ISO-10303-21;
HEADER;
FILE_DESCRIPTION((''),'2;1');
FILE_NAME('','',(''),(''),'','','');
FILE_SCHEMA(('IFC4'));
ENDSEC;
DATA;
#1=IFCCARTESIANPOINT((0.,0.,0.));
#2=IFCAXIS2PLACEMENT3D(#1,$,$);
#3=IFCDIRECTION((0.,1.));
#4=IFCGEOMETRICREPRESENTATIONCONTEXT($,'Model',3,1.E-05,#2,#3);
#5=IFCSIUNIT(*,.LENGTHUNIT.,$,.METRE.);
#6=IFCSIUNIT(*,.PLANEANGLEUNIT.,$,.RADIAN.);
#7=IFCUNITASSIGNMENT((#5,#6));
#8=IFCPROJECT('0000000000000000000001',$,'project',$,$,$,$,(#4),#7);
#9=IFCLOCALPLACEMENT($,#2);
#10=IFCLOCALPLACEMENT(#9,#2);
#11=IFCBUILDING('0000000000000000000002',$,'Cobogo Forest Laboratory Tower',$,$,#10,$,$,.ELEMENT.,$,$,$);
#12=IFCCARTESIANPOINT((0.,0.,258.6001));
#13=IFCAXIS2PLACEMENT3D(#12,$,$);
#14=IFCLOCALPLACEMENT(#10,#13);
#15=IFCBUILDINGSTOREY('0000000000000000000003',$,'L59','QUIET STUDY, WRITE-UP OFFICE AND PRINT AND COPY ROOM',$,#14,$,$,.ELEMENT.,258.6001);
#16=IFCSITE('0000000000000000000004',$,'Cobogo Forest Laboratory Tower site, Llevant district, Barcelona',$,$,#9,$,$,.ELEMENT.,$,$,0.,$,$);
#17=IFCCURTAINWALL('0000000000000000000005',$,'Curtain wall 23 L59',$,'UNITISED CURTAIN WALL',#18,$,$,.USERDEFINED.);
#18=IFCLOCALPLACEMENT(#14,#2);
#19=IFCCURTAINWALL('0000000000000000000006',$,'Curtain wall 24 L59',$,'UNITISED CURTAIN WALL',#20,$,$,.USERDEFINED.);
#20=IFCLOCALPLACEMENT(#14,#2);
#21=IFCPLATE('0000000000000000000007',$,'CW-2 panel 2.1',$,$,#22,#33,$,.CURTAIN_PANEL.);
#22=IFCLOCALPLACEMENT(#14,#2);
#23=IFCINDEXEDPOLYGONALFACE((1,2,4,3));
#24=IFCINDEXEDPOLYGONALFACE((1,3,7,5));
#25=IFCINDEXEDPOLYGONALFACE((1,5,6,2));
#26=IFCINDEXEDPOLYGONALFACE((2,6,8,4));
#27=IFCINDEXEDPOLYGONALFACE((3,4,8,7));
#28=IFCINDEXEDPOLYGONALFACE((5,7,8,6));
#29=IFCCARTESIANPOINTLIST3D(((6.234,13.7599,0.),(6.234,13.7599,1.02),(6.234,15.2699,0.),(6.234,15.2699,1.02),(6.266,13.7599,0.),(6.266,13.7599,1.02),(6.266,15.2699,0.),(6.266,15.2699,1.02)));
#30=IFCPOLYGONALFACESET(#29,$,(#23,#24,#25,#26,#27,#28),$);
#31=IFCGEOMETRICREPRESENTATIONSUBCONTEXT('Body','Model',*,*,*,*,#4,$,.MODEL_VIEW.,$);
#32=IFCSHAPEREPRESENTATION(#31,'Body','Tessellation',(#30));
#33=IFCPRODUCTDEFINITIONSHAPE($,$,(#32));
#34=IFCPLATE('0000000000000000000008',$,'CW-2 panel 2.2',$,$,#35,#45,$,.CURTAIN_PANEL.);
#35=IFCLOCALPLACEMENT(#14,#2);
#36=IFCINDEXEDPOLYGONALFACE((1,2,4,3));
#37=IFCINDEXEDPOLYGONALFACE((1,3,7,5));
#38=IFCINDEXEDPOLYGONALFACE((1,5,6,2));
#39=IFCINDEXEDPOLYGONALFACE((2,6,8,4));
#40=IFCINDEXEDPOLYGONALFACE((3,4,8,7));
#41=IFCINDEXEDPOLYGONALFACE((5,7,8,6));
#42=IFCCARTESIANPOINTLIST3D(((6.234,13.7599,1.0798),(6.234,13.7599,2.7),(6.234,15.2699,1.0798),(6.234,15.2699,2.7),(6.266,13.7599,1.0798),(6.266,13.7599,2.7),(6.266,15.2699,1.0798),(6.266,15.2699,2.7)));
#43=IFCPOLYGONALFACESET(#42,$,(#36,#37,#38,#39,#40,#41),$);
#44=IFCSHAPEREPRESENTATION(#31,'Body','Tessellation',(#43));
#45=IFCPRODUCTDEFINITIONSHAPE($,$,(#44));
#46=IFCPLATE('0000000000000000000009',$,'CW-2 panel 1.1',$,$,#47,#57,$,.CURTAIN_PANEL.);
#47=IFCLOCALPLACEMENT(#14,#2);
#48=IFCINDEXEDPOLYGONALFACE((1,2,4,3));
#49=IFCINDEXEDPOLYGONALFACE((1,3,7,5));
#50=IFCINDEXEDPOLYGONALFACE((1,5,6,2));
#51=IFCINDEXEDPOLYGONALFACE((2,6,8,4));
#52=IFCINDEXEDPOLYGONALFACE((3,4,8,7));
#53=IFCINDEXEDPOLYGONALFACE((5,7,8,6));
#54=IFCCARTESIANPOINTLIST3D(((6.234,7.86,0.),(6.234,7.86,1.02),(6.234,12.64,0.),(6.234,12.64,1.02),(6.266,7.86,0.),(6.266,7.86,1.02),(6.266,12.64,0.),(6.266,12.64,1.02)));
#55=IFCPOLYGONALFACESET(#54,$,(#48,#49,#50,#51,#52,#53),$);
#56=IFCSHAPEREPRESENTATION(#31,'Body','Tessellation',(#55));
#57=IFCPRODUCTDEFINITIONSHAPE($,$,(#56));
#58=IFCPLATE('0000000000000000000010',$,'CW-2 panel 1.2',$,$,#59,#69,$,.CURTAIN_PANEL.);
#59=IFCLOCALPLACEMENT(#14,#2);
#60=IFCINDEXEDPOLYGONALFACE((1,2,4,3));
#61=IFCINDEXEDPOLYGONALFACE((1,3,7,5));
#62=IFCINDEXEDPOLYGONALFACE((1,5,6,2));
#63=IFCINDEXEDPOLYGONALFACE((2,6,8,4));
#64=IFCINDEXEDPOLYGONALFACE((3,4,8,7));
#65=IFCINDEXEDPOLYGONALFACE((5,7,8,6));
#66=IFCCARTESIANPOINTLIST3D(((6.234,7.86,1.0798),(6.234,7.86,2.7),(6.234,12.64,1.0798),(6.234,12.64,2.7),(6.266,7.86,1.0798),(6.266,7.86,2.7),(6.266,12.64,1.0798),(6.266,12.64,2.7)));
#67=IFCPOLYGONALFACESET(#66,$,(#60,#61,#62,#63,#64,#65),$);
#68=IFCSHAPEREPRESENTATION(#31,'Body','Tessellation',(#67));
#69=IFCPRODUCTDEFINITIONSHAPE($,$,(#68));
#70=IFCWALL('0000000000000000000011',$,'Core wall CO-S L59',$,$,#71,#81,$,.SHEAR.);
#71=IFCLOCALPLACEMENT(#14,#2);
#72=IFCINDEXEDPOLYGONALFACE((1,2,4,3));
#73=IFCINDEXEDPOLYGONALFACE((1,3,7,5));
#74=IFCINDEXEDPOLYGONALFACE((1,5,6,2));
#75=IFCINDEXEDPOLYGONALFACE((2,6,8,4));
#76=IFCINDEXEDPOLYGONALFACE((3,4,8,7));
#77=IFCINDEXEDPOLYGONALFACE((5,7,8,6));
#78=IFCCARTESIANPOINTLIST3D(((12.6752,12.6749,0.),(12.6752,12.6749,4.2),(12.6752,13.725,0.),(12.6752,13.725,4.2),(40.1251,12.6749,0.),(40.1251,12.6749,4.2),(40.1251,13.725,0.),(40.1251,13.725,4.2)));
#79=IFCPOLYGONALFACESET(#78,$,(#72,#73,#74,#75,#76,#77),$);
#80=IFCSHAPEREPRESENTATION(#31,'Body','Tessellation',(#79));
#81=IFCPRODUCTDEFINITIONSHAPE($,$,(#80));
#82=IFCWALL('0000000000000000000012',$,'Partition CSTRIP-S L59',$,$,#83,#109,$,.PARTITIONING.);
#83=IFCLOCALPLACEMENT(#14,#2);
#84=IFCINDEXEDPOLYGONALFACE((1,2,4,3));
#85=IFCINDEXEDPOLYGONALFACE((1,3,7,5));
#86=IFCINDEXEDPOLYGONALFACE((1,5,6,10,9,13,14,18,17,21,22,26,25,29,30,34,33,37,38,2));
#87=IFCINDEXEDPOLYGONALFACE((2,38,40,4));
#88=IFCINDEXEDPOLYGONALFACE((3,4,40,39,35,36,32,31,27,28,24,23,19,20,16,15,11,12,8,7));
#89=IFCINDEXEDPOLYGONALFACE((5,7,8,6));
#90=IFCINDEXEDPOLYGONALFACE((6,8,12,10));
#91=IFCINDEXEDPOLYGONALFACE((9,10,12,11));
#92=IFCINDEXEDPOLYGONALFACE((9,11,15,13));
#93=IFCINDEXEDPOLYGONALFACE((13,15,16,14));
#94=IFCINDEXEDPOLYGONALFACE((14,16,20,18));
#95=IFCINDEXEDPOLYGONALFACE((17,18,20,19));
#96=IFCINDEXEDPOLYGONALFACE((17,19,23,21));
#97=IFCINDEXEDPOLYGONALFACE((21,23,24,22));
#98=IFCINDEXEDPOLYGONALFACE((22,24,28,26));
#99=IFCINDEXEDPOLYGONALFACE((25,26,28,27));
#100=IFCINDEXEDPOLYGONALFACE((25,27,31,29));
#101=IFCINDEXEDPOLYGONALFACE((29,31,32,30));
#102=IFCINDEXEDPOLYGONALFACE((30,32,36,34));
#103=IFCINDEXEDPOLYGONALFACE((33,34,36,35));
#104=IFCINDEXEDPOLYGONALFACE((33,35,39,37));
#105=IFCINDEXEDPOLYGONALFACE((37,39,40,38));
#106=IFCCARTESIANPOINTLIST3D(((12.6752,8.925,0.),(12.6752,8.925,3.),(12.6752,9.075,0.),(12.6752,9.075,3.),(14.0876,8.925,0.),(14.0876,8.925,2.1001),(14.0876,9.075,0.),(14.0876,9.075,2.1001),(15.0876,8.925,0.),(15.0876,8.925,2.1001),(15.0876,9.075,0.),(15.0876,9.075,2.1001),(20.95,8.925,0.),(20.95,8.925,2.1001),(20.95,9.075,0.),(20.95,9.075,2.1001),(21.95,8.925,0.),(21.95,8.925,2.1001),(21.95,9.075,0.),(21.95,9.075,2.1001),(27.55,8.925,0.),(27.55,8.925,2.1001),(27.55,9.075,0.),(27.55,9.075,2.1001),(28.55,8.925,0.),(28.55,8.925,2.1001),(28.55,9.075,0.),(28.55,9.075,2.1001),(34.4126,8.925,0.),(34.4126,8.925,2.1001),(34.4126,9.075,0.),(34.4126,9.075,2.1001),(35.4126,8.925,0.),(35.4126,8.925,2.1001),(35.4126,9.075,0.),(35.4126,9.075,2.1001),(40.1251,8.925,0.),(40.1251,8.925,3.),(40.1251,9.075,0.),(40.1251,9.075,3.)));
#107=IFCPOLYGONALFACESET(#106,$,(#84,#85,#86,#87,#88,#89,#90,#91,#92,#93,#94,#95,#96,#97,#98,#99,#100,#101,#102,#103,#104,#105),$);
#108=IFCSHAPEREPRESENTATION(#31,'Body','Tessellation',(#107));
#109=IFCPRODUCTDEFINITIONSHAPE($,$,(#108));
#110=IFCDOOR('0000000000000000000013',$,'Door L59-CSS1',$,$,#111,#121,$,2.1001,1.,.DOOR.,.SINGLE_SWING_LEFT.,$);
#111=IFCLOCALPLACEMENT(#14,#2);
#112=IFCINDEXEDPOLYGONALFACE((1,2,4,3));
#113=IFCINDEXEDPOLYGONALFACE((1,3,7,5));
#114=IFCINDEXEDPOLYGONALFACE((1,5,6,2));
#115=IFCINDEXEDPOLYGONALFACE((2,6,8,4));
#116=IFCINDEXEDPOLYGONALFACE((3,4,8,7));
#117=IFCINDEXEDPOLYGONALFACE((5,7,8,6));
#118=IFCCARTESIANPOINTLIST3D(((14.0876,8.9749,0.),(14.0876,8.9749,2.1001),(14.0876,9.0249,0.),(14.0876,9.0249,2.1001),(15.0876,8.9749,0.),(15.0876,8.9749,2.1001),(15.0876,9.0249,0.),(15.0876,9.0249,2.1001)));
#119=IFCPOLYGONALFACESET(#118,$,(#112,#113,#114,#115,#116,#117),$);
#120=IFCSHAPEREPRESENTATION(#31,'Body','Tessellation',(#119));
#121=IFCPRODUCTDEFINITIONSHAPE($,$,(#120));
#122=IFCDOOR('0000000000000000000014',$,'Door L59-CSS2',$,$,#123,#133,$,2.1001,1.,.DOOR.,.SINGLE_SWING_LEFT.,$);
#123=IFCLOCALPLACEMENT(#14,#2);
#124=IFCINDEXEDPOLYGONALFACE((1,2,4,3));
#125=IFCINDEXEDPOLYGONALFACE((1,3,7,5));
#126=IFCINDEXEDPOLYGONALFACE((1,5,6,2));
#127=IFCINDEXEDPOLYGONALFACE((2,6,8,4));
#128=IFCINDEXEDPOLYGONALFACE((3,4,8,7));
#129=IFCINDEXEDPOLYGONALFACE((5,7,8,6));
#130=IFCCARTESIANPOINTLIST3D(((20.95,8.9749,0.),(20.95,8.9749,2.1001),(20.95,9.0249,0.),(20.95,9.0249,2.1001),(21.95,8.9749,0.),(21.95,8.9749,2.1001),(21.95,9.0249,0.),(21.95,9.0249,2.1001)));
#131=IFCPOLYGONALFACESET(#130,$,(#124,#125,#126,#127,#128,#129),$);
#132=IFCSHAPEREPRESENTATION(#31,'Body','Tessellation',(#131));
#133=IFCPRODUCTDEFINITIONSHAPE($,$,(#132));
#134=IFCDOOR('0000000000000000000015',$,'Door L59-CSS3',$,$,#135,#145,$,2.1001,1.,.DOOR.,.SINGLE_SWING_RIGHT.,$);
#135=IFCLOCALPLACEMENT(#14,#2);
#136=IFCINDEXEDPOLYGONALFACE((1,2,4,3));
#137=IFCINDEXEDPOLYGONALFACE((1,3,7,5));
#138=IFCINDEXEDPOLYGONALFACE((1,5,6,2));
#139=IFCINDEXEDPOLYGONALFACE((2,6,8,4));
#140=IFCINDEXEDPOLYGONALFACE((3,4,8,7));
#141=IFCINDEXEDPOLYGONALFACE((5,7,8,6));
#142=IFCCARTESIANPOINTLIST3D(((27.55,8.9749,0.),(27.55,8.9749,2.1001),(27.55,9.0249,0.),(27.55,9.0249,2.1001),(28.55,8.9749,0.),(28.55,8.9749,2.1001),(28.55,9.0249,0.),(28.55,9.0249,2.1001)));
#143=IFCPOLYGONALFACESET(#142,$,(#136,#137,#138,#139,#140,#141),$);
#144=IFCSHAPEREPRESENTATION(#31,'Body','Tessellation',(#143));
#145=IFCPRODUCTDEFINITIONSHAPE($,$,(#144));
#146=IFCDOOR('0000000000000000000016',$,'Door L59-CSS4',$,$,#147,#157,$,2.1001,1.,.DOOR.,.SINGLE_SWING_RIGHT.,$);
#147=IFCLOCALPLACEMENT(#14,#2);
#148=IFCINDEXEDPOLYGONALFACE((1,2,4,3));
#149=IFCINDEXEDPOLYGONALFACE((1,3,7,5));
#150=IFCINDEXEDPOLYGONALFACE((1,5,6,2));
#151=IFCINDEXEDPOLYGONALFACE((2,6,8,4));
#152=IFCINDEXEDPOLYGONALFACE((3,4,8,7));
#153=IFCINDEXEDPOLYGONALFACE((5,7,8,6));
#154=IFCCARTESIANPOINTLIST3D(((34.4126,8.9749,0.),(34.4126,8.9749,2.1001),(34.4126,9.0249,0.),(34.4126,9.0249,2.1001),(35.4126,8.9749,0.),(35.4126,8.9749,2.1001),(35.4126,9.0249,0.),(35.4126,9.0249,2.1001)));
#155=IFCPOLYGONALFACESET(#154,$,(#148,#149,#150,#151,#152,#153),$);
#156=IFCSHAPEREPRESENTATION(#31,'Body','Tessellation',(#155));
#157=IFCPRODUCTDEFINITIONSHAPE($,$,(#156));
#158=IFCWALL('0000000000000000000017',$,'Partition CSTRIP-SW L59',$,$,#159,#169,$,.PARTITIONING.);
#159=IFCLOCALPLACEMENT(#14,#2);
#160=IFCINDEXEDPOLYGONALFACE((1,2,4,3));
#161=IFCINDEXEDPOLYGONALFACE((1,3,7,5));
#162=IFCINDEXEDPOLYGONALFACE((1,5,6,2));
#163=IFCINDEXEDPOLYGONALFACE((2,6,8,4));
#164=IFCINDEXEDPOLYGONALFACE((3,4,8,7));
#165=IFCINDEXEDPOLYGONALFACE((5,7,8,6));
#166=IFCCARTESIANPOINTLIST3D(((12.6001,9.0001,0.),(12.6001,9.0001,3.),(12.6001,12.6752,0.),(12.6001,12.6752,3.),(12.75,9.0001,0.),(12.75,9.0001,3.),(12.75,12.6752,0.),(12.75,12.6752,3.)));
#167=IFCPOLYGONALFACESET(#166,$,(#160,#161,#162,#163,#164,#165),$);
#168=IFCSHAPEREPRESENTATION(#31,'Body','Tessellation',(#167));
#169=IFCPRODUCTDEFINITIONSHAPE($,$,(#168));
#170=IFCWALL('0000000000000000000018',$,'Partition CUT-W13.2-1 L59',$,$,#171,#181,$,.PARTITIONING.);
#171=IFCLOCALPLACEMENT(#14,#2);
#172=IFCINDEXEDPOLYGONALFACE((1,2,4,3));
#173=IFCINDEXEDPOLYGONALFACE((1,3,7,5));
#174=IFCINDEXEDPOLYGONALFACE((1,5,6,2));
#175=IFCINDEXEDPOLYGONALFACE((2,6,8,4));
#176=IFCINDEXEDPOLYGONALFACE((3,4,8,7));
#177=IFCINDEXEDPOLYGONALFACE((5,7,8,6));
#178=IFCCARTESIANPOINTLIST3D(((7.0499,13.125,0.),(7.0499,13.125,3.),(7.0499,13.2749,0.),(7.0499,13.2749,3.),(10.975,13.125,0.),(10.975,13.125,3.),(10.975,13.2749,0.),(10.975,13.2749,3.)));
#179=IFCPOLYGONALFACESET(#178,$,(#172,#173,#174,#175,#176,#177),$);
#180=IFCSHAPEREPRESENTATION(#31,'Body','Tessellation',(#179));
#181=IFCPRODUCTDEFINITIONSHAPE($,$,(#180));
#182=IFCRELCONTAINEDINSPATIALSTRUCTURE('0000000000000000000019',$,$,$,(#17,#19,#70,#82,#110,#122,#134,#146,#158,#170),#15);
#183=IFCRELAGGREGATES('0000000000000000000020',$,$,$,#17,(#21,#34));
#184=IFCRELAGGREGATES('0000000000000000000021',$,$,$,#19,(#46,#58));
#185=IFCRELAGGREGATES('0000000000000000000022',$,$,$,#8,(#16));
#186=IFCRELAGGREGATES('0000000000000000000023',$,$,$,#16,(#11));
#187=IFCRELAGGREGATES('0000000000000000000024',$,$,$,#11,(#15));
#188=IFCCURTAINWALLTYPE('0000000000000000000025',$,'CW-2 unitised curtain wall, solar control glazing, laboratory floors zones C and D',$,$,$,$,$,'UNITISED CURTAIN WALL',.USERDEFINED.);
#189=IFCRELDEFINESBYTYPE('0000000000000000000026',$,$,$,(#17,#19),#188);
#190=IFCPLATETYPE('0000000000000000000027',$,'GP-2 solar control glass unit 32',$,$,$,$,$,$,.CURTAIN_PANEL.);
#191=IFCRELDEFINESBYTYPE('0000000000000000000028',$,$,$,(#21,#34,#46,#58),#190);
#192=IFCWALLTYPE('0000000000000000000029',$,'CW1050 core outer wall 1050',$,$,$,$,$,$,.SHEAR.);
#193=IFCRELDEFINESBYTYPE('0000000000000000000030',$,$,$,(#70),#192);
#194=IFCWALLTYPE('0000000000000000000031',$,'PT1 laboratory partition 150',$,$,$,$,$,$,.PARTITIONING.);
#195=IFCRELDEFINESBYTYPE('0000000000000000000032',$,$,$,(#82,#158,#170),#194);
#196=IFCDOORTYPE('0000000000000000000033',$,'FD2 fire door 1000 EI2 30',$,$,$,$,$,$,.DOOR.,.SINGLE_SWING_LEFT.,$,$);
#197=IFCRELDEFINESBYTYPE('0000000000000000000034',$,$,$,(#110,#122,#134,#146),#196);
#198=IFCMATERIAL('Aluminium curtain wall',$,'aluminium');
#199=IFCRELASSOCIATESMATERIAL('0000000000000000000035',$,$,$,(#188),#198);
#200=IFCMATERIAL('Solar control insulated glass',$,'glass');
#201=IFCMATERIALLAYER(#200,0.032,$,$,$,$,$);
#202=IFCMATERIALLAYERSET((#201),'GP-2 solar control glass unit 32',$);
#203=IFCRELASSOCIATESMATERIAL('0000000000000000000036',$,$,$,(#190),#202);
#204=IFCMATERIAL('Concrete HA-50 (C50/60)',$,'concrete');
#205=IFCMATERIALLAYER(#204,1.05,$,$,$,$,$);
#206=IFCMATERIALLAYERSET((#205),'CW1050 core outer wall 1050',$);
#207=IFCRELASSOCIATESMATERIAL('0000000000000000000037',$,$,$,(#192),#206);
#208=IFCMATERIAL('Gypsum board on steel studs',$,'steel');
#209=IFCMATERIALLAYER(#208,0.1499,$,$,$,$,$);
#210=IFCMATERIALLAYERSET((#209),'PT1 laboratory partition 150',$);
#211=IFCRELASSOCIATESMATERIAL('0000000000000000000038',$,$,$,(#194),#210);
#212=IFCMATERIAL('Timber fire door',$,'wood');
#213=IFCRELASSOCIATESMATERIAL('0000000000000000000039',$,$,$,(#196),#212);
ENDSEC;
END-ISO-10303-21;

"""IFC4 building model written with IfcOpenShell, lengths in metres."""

from ifc_helpers import new_model, si_unit, direction, frame, frame_2d, origin, origin_2d, place, context, subcontext, project, spatial, rectangle, extrude, material, layer, layer_set, type_object, element, fill, aggregate, save


model = new_model("IFC4")

# Units and contexts
model_context = context("Model", 3, precision=1e-05, world=origin(), true_north=direction((0.0, 1.0)))
body_context = subcontext(model_context, "Body", "Model", "MODEL_VIEW")
ifc_project = project(units=[si_unit("LENGTHUNIT", "METRE"), si_unit("PLANEANGLEUNIT", "RADIAN")], contexts=[model_context])

# Site, building, storey
site_placement = place(None, origin())
site = spatial("IfcSite", under=ifc_project, at=site_placement, Name="Cobogo Forest Laboratory Tower site, Llevant district, Barcelona", CompositionType="ELEMENT", RefElevation=0.0)
building_placement = place(site_placement, origin())
building = spatial("IfcBuilding", under=site, at=building_placement, Name="Cobogo Forest Laboratory Tower", CompositionType="ELEMENT")
storey_placement = place(building_placement, frame((0.0, 0.0, 258.6001)))
storey = spatial("IfcBuildingStorey", under=building, at=storey_placement, Name="L59", Description="QUIET STUDY, WRITE-UP OFFICE AND PRINT AND COPY ROOM", CompositionType="ELEMENT", Elevation=258.6001)

# Shared definitions
ifc_material_1 = material(Name="Concrete HA-50 (C50/60)", Category="concrete")

# Curtain walls
ifc_material_2 = material(Name="Aluminium curtain wall", Category="aluminium")
curtain_wall_type = type_object("IfcCurtainWallType", Name="CW-2 unitised curtain wall, solar control glazing, laboratory floors zones C and D", ElementType="UNITISED CURTAIN WALL", PredefinedType="USERDEFINED", material=ifc_material_2)
curtain_wall_1_placement = place(storey_placement, origin())
curtain_wall_1 = element("IfcCurtainWall", 1, at=curtain_wall_1_placement, inside=storey, type_object=curtain_wall_type, Name="Curtain wall 23 L59", ObjectType="UNITISED CURTAIN WALL", PredefinedType="USERDEFINED")
curtain_wall_2_placement = place(storey_placement, origin())
curtain_wall_2 = element("IfcCurtainWall", 2, at=curtain_wall_2_placement, inside=storey, type_object=curtain_wall_type, Name="Curtain wall 24 L59", ObjectType="UNITISED CURTAIN WALL", PredefinedType="USERDEFINED")

# Plates
ifc_material_3 = material(Name="Solar control insulated glass", Category="glass")
ifc_layer_1 = layer(ifc_material_3, 0.032)
ifc_layer_set_1 = layer_set([ifc_layer_1], Name="GP-2 solar control glass unit 32")
plate_type_1 = type_object("IfcPlateType", Name="GP-2 solar control glass unit 32", PredefinedType="CURTAIN_PANEL", material=ifc_layer_set_1)
plate_1_placement = place(storey_placement, frame((6.25, 14.5149, 0.0), z_axis=(0.0, 0.0, 1.0), x_axis=(0.0, -1.0, 0.0)))
plate_1 = element("IfcPlate", 3, at=plate_1_placement, type_object=plate_type_1, Name="CW-2 panel 2.1", PredefinedType="CURTAIN_PANEL", context=body_context, shape_type="SweptSolid", body=[
    extrude(rectangle(XDim=1.51, YDim=0.032, at=origin_2d()), origin(), (0.0, 0.0, 1.0), 1.02),
])
plate_2_placement = place(storey_placement, frame((6.25, 14.5149, 1.0798), z_axis=(0.0, 0.0, 1.0), x_axis=(0.0, -1.0, 0.0)))
plate_2 = element("IfcPlate", 4, at=plate_2_placement, type_object=plate_type_1, Name="CW-2 panel 2.2", PredefinedType="CURTAIN_PANEL", context=body_context, shape_type="SweptSolid", body=[
    extrude(rectangle(XDim=1.51, YDim=0.032, at=origin_2d()), origin(), (0.0, 0.0, 1.0), 1.6201),
])
aggregate(curtain_wall_1, [plate_1, plate_2])
plate_3_placement = place(storey_placement, frame((6.25, 10.25, 0.0), z_axis=(0.0, 0.0, 1.0), x_axis=(0.0, -1.0, 0.0)))
plate_3 = element("IfcPlate", 5, at=plate_3_placement, type_object=plate_type_1, Name="CW-2 panel 1.1", PredefinedType="CURTAIN_PANEL", context=body_context, shape_type="SweptSolid", body=[
    extrude(rectangle(XDim=4.78, YDim=0.032, at=origin_2d()), origin(), (0.0, 0.0, 1.0), 1.02),
])
plate_4_placement = place(storey_placement, frame((6.25, 10.25, 1.0798), z_axis=(0.0, 0.0, 1.0), x_axis=(0.0, -1.0, 0.0)))
plate_4 = element("IfcPlate", 6, at=plate_4_placement, type_object=plate_type_1, Name="CW-2 panel 1.2", PredefinedType="CURTAIN_PANEL", context=body_context, shape_type="SweptSolid", body=[
    extrude(rectangle(XDim=4.78, YDim=0.032, at=origin_2d()), origin(), (0.0, 0.0, 1.0), 1.6201),
])
aggregate(curtain_wall_2, [plate_3, plate_4])

# Wall
ifc_layer_2 = layer(ifc_material_1, 1.05)
ifc_layer_set_2 = layer_set([ifc_layer_2], Name="CW1050 core outer wall 1050")
wall_type_1 = type_object("IfcWallType", Name="CW1050 core outer wall 1050", PredefinedType="SHEAR", material=ifc_layer_set_2)
wall_1_placement = place(storey_placement, frame((12.675, 13.2, 0.0), z_axis=(0.0, 0.0, 1.0), x_axis=(1.0, 0.0, 0.0)))
element("IfcWall", 7, at=wall_1_placement, inside=storey, type_object=wall_type_1, Name="Core wall CO-S L59", PredefinedType="SHEAR", context=body_context, shape_type="SweptSolid", body=[
    extrude(rectangle(XDim=27.45, YDim=1.05, at=frame_2d((13.7251, 0.0))), origin(), (0.0, 0.0, 1.0), 4.2),
])

# Wall, openings, doors
ifc_material_4 = material(Name="Gypsum board on steel studs", Category="steel")
ifc_layer_3 = layer(ifc_material_4, 0.1499)
ifc_layer_set_3 = layer_set([ifc_layer_3], Name="PT1 laboratory partition 150")
wall_type_2 = type_object("IfcWallType", Name="PT1 laboratory partition 150", PredefinedType="PARTITIONING", material=ifc_layer_set_3)
wall_2_placement = place(storey_placement, frame((12.675, 9.0, 0.0), z_axis=(0.0, 0.0, 1.0), x_axis=(1.0, 0.0, 0.0)))
wall_2 = element("IfcWall", 8, at=wall_2_placement, inside=storey, type_object=wall_type_2, Name="Partition CSTRIP-S L59", PredefinedType="PARTITIONING", context=body_context, shape_type="SweptSolid", body=[
    extrude(rectangle(XDim=27.45, YDim=0.1499, at=frame_2d((13.7251, 0.0))), origin(), (0.0, 0.0, 1.0), 3.0),
])
opening_1_placement = place(wall_2_placement, frame((1.4126, 0.0, 0.0)))
opening_1 = element("IfcOpeningElement", 9, at=opening_1_placement, cuts=wall_2, PredefinedType="OPENING", context=body_context, shape_type="SweptSolid", body=[
    extrude(rectangle(XDim=1.0, YDim=2.1001, at=frame_2d((0.5, 1.05))), frame((0.0, 0.085, 0.0), z_axis=(0.0, -1.0, 0.0), x_axis=(1.0, 0.0, 0.0)), (0.0, 0.0, 1.0), 0.1699),
])
opening_2_placement = place(wall_2_placement, frame((8.2749, 0.0, 0.0)))
opening_2 = element("IfcOpeningElement", 10, at=opening_2_placement, cuts=wall_2, PredefinedType="OPENING", context=body_context, shape_type="SweptSolid", body=[
    extrude(rectangle(XDim=1.0, YDim=2.1001, at=frame_2d((0.5, 1.05))), frame((0.0, 0.085, 0.0), z_axis=(0.0, -1.0, 0.0), x_axis=(1.0, 0.0, 0.0)), (0.0, 0.0, 1.0), 0.1699),
])
opening_3_placement = place(wall_2_placement, frame((14.875, 0.0, 0.0)))
opening_3 = element("IfcOpeningElement", 11, at=opening_3_placement, cuts=wall_2, PredefinedType="OPENING", context=body_context, shape_type="SweptSolid", body=[
    extrude(rectangle(XDim=1.0, YDim=2.1001, at=frame_2d((0.5, 1.05))), frame((0.0, 0.085, 0.0), z_axis=(0.0, -1.0, 0.0), x_axis=(1.0, 0.0, 0.0)), (0.0, 0.0, 1.0), 0.1699),
])
opening_4_placement = place(wall_2_placement, frame((21.7375, 0.0, 0.0)))
opening_4 = element("IfcOpeningElement", 12, at=opening_4_placement, cuts=wall_2, PredefinedType="OPENING", context=body_context, shape_type="SweptSolid", body=[
    extrude(rectangle(XDim=1.0, YDim=2.1001, at=frame_2d((0.5, 1.05))), frame((0.0, 0.085, 0.0), z_axis=(0.0, -1.0, 0.0), x_axis=(1.0, 0.0, 0.0)), (0.0, 0.0, 1.0), 0.1699),
])
ifc_material_5 = material(Name="Timber fire door", Category="wood")
door_type = type_object("IfcDoorType", Name="FD2 fire door 1000 EI2 30", OperationType="SINGLE_SWING_LEFT", PredefinedType="DOOR", material=ifc_material_5)
door_1_placement = place(opening_1_placement, origin())
door_1 = element("IfcDoor", 13, at=door_1_placement, inside=storey, type_object=door_type, Name="Door L59-CSS1", OperationType="SINGLE_SWING_LEFT", OverallHeight=2.1001, OverallWidth=1.0, PredefinedType="DOOR", context=body_context, shape_type="SweptSolid", body=[
    extrude(rectangle(XDim=1.0, YDim=2.1001, at=frame_2d((0.5, 1.05))), frame((0.0, 0.0249, 0.0), z_axis=(0.0, -1.0, 0.0), x_axis=(1.0, 0.0, 0.0)), (0.0, 0.0, 1.0), 0.05),
])
fill(opening_1, door_1)
door_2_placement = place(opening_2_placement, origin())
door_2 = element("IfcDoor", 14, at=door_2_placement, inside=storey, type_object=door_type, Name="Door L59-CSS2", OperationType="SINGLE_SWING_LEFT", OverallHeight=2.1001, OverallWidth=1.0, PredefinedType="DOOR", context=body_context, shape_type="SweptSolid", body=[
    extrude(rectangle(XDim=1.0, YDim=2.1001, at=frame_2d((0.5, 1.05))), frame((0.0, 0.0249, 0.0), z_axis=(0.0, -1.0, 0.0), x_axis=(1.0, 0.0, 0.0)), (0.0, 0.0, 1.0), 0.05),
])
fill(opening_2, door_2)
door_3_placement = place(opening_3_placement, origin())
door_3 = element("IfcDoor", 15, at=door_3_placement, inside=storey, type_object=door_type, Name="Door L59-CSS3", OperationType="SINGLE_SWING_RIGHT", OverallHeight=2.1001, OverallWidth=1.0, PredefinedType="DOOR", context=body_context, shape_type="SweptSolid", body=[
    extrude(rectangle(XDim=1.0, YDim=2.1001, at=frame_2d((0.5, 1.05))), frame((0.0, 0.0249, 0.0), z_axis=(0.0, -1.0, 0.0), x_axis=(1.0, 0.0, 0.0)), (0.0, 0.0, 1.0), 0.05),
])
fill(opening_3, door_3)
door_4_placement = place(opening_4_placement, origin())
door_4 = element("IfcDoor", 16, at=door_4_placement, inside=storey, type_object=door_type, Name="Door L59-CSS4", OperationType="SINGLE_SWING_RIGHT", OverallHeight=2.1001, OverallWidth=1.0, PredefinedType="DOOR", context=body_context, shape_type="SweptSolid", body=[
    extrude(rectangle(XDim=1.0, YDim=2.1001, at=frame_2d((0.5, 1.05))), frame((0.0, 0.0249, 0.0), z_axis=(0.0, -1.0, 0.0), x_axis=(1.0, 0.0, 0.0)), (0.0, 0.0, 1.0), 0.05),
])
fill(opening_4, door_4)

# Walls
wall_3_placement = place(storey_placement, frame((12.675, 12.675, 0.0), z_axis=(0.0, 0.0, 1.0), x_axis=(0.0, -1.0, 0.0)))
element("IfcWall", 17, at=wall_3_placement, inside=storey, type_object=wall_type_2, Name="Partition CSTRIP-SW L59", PredefinedType="PARTITIONING", context=body_context, shape_type="SweptSolid", body=[
    extrude(rectangle(XDim=3.675, YDim=0.1499, at=frame_2d((1.8374, 0.0))), origin(), (0.0, 0.0, 1.0), 3.0),
])
wall_4_placement = place(storey_placement, frame((7.05, 13.2, 0.0), z_axis=(0.0, 0.0, 1.0), x_axis=(1.0, 0.0, 0.0)))
element("IfcWall", 18, at=wall_4_placement, inside=storey, type_object=wall_type_2, Name="Partition CUT-W13.2-1 L59", PredefinedType="PARTITIONING", context=body_context, shape_type="SweptSolid", body=[
    extrude(rectangle(XDim=3.925, YDim=0.1499, at=frame_2d((1.9624, 0.0))), origin(), (0.0, 0.0, 1.0), 3.0),
])

save(model, "model.ifc")
